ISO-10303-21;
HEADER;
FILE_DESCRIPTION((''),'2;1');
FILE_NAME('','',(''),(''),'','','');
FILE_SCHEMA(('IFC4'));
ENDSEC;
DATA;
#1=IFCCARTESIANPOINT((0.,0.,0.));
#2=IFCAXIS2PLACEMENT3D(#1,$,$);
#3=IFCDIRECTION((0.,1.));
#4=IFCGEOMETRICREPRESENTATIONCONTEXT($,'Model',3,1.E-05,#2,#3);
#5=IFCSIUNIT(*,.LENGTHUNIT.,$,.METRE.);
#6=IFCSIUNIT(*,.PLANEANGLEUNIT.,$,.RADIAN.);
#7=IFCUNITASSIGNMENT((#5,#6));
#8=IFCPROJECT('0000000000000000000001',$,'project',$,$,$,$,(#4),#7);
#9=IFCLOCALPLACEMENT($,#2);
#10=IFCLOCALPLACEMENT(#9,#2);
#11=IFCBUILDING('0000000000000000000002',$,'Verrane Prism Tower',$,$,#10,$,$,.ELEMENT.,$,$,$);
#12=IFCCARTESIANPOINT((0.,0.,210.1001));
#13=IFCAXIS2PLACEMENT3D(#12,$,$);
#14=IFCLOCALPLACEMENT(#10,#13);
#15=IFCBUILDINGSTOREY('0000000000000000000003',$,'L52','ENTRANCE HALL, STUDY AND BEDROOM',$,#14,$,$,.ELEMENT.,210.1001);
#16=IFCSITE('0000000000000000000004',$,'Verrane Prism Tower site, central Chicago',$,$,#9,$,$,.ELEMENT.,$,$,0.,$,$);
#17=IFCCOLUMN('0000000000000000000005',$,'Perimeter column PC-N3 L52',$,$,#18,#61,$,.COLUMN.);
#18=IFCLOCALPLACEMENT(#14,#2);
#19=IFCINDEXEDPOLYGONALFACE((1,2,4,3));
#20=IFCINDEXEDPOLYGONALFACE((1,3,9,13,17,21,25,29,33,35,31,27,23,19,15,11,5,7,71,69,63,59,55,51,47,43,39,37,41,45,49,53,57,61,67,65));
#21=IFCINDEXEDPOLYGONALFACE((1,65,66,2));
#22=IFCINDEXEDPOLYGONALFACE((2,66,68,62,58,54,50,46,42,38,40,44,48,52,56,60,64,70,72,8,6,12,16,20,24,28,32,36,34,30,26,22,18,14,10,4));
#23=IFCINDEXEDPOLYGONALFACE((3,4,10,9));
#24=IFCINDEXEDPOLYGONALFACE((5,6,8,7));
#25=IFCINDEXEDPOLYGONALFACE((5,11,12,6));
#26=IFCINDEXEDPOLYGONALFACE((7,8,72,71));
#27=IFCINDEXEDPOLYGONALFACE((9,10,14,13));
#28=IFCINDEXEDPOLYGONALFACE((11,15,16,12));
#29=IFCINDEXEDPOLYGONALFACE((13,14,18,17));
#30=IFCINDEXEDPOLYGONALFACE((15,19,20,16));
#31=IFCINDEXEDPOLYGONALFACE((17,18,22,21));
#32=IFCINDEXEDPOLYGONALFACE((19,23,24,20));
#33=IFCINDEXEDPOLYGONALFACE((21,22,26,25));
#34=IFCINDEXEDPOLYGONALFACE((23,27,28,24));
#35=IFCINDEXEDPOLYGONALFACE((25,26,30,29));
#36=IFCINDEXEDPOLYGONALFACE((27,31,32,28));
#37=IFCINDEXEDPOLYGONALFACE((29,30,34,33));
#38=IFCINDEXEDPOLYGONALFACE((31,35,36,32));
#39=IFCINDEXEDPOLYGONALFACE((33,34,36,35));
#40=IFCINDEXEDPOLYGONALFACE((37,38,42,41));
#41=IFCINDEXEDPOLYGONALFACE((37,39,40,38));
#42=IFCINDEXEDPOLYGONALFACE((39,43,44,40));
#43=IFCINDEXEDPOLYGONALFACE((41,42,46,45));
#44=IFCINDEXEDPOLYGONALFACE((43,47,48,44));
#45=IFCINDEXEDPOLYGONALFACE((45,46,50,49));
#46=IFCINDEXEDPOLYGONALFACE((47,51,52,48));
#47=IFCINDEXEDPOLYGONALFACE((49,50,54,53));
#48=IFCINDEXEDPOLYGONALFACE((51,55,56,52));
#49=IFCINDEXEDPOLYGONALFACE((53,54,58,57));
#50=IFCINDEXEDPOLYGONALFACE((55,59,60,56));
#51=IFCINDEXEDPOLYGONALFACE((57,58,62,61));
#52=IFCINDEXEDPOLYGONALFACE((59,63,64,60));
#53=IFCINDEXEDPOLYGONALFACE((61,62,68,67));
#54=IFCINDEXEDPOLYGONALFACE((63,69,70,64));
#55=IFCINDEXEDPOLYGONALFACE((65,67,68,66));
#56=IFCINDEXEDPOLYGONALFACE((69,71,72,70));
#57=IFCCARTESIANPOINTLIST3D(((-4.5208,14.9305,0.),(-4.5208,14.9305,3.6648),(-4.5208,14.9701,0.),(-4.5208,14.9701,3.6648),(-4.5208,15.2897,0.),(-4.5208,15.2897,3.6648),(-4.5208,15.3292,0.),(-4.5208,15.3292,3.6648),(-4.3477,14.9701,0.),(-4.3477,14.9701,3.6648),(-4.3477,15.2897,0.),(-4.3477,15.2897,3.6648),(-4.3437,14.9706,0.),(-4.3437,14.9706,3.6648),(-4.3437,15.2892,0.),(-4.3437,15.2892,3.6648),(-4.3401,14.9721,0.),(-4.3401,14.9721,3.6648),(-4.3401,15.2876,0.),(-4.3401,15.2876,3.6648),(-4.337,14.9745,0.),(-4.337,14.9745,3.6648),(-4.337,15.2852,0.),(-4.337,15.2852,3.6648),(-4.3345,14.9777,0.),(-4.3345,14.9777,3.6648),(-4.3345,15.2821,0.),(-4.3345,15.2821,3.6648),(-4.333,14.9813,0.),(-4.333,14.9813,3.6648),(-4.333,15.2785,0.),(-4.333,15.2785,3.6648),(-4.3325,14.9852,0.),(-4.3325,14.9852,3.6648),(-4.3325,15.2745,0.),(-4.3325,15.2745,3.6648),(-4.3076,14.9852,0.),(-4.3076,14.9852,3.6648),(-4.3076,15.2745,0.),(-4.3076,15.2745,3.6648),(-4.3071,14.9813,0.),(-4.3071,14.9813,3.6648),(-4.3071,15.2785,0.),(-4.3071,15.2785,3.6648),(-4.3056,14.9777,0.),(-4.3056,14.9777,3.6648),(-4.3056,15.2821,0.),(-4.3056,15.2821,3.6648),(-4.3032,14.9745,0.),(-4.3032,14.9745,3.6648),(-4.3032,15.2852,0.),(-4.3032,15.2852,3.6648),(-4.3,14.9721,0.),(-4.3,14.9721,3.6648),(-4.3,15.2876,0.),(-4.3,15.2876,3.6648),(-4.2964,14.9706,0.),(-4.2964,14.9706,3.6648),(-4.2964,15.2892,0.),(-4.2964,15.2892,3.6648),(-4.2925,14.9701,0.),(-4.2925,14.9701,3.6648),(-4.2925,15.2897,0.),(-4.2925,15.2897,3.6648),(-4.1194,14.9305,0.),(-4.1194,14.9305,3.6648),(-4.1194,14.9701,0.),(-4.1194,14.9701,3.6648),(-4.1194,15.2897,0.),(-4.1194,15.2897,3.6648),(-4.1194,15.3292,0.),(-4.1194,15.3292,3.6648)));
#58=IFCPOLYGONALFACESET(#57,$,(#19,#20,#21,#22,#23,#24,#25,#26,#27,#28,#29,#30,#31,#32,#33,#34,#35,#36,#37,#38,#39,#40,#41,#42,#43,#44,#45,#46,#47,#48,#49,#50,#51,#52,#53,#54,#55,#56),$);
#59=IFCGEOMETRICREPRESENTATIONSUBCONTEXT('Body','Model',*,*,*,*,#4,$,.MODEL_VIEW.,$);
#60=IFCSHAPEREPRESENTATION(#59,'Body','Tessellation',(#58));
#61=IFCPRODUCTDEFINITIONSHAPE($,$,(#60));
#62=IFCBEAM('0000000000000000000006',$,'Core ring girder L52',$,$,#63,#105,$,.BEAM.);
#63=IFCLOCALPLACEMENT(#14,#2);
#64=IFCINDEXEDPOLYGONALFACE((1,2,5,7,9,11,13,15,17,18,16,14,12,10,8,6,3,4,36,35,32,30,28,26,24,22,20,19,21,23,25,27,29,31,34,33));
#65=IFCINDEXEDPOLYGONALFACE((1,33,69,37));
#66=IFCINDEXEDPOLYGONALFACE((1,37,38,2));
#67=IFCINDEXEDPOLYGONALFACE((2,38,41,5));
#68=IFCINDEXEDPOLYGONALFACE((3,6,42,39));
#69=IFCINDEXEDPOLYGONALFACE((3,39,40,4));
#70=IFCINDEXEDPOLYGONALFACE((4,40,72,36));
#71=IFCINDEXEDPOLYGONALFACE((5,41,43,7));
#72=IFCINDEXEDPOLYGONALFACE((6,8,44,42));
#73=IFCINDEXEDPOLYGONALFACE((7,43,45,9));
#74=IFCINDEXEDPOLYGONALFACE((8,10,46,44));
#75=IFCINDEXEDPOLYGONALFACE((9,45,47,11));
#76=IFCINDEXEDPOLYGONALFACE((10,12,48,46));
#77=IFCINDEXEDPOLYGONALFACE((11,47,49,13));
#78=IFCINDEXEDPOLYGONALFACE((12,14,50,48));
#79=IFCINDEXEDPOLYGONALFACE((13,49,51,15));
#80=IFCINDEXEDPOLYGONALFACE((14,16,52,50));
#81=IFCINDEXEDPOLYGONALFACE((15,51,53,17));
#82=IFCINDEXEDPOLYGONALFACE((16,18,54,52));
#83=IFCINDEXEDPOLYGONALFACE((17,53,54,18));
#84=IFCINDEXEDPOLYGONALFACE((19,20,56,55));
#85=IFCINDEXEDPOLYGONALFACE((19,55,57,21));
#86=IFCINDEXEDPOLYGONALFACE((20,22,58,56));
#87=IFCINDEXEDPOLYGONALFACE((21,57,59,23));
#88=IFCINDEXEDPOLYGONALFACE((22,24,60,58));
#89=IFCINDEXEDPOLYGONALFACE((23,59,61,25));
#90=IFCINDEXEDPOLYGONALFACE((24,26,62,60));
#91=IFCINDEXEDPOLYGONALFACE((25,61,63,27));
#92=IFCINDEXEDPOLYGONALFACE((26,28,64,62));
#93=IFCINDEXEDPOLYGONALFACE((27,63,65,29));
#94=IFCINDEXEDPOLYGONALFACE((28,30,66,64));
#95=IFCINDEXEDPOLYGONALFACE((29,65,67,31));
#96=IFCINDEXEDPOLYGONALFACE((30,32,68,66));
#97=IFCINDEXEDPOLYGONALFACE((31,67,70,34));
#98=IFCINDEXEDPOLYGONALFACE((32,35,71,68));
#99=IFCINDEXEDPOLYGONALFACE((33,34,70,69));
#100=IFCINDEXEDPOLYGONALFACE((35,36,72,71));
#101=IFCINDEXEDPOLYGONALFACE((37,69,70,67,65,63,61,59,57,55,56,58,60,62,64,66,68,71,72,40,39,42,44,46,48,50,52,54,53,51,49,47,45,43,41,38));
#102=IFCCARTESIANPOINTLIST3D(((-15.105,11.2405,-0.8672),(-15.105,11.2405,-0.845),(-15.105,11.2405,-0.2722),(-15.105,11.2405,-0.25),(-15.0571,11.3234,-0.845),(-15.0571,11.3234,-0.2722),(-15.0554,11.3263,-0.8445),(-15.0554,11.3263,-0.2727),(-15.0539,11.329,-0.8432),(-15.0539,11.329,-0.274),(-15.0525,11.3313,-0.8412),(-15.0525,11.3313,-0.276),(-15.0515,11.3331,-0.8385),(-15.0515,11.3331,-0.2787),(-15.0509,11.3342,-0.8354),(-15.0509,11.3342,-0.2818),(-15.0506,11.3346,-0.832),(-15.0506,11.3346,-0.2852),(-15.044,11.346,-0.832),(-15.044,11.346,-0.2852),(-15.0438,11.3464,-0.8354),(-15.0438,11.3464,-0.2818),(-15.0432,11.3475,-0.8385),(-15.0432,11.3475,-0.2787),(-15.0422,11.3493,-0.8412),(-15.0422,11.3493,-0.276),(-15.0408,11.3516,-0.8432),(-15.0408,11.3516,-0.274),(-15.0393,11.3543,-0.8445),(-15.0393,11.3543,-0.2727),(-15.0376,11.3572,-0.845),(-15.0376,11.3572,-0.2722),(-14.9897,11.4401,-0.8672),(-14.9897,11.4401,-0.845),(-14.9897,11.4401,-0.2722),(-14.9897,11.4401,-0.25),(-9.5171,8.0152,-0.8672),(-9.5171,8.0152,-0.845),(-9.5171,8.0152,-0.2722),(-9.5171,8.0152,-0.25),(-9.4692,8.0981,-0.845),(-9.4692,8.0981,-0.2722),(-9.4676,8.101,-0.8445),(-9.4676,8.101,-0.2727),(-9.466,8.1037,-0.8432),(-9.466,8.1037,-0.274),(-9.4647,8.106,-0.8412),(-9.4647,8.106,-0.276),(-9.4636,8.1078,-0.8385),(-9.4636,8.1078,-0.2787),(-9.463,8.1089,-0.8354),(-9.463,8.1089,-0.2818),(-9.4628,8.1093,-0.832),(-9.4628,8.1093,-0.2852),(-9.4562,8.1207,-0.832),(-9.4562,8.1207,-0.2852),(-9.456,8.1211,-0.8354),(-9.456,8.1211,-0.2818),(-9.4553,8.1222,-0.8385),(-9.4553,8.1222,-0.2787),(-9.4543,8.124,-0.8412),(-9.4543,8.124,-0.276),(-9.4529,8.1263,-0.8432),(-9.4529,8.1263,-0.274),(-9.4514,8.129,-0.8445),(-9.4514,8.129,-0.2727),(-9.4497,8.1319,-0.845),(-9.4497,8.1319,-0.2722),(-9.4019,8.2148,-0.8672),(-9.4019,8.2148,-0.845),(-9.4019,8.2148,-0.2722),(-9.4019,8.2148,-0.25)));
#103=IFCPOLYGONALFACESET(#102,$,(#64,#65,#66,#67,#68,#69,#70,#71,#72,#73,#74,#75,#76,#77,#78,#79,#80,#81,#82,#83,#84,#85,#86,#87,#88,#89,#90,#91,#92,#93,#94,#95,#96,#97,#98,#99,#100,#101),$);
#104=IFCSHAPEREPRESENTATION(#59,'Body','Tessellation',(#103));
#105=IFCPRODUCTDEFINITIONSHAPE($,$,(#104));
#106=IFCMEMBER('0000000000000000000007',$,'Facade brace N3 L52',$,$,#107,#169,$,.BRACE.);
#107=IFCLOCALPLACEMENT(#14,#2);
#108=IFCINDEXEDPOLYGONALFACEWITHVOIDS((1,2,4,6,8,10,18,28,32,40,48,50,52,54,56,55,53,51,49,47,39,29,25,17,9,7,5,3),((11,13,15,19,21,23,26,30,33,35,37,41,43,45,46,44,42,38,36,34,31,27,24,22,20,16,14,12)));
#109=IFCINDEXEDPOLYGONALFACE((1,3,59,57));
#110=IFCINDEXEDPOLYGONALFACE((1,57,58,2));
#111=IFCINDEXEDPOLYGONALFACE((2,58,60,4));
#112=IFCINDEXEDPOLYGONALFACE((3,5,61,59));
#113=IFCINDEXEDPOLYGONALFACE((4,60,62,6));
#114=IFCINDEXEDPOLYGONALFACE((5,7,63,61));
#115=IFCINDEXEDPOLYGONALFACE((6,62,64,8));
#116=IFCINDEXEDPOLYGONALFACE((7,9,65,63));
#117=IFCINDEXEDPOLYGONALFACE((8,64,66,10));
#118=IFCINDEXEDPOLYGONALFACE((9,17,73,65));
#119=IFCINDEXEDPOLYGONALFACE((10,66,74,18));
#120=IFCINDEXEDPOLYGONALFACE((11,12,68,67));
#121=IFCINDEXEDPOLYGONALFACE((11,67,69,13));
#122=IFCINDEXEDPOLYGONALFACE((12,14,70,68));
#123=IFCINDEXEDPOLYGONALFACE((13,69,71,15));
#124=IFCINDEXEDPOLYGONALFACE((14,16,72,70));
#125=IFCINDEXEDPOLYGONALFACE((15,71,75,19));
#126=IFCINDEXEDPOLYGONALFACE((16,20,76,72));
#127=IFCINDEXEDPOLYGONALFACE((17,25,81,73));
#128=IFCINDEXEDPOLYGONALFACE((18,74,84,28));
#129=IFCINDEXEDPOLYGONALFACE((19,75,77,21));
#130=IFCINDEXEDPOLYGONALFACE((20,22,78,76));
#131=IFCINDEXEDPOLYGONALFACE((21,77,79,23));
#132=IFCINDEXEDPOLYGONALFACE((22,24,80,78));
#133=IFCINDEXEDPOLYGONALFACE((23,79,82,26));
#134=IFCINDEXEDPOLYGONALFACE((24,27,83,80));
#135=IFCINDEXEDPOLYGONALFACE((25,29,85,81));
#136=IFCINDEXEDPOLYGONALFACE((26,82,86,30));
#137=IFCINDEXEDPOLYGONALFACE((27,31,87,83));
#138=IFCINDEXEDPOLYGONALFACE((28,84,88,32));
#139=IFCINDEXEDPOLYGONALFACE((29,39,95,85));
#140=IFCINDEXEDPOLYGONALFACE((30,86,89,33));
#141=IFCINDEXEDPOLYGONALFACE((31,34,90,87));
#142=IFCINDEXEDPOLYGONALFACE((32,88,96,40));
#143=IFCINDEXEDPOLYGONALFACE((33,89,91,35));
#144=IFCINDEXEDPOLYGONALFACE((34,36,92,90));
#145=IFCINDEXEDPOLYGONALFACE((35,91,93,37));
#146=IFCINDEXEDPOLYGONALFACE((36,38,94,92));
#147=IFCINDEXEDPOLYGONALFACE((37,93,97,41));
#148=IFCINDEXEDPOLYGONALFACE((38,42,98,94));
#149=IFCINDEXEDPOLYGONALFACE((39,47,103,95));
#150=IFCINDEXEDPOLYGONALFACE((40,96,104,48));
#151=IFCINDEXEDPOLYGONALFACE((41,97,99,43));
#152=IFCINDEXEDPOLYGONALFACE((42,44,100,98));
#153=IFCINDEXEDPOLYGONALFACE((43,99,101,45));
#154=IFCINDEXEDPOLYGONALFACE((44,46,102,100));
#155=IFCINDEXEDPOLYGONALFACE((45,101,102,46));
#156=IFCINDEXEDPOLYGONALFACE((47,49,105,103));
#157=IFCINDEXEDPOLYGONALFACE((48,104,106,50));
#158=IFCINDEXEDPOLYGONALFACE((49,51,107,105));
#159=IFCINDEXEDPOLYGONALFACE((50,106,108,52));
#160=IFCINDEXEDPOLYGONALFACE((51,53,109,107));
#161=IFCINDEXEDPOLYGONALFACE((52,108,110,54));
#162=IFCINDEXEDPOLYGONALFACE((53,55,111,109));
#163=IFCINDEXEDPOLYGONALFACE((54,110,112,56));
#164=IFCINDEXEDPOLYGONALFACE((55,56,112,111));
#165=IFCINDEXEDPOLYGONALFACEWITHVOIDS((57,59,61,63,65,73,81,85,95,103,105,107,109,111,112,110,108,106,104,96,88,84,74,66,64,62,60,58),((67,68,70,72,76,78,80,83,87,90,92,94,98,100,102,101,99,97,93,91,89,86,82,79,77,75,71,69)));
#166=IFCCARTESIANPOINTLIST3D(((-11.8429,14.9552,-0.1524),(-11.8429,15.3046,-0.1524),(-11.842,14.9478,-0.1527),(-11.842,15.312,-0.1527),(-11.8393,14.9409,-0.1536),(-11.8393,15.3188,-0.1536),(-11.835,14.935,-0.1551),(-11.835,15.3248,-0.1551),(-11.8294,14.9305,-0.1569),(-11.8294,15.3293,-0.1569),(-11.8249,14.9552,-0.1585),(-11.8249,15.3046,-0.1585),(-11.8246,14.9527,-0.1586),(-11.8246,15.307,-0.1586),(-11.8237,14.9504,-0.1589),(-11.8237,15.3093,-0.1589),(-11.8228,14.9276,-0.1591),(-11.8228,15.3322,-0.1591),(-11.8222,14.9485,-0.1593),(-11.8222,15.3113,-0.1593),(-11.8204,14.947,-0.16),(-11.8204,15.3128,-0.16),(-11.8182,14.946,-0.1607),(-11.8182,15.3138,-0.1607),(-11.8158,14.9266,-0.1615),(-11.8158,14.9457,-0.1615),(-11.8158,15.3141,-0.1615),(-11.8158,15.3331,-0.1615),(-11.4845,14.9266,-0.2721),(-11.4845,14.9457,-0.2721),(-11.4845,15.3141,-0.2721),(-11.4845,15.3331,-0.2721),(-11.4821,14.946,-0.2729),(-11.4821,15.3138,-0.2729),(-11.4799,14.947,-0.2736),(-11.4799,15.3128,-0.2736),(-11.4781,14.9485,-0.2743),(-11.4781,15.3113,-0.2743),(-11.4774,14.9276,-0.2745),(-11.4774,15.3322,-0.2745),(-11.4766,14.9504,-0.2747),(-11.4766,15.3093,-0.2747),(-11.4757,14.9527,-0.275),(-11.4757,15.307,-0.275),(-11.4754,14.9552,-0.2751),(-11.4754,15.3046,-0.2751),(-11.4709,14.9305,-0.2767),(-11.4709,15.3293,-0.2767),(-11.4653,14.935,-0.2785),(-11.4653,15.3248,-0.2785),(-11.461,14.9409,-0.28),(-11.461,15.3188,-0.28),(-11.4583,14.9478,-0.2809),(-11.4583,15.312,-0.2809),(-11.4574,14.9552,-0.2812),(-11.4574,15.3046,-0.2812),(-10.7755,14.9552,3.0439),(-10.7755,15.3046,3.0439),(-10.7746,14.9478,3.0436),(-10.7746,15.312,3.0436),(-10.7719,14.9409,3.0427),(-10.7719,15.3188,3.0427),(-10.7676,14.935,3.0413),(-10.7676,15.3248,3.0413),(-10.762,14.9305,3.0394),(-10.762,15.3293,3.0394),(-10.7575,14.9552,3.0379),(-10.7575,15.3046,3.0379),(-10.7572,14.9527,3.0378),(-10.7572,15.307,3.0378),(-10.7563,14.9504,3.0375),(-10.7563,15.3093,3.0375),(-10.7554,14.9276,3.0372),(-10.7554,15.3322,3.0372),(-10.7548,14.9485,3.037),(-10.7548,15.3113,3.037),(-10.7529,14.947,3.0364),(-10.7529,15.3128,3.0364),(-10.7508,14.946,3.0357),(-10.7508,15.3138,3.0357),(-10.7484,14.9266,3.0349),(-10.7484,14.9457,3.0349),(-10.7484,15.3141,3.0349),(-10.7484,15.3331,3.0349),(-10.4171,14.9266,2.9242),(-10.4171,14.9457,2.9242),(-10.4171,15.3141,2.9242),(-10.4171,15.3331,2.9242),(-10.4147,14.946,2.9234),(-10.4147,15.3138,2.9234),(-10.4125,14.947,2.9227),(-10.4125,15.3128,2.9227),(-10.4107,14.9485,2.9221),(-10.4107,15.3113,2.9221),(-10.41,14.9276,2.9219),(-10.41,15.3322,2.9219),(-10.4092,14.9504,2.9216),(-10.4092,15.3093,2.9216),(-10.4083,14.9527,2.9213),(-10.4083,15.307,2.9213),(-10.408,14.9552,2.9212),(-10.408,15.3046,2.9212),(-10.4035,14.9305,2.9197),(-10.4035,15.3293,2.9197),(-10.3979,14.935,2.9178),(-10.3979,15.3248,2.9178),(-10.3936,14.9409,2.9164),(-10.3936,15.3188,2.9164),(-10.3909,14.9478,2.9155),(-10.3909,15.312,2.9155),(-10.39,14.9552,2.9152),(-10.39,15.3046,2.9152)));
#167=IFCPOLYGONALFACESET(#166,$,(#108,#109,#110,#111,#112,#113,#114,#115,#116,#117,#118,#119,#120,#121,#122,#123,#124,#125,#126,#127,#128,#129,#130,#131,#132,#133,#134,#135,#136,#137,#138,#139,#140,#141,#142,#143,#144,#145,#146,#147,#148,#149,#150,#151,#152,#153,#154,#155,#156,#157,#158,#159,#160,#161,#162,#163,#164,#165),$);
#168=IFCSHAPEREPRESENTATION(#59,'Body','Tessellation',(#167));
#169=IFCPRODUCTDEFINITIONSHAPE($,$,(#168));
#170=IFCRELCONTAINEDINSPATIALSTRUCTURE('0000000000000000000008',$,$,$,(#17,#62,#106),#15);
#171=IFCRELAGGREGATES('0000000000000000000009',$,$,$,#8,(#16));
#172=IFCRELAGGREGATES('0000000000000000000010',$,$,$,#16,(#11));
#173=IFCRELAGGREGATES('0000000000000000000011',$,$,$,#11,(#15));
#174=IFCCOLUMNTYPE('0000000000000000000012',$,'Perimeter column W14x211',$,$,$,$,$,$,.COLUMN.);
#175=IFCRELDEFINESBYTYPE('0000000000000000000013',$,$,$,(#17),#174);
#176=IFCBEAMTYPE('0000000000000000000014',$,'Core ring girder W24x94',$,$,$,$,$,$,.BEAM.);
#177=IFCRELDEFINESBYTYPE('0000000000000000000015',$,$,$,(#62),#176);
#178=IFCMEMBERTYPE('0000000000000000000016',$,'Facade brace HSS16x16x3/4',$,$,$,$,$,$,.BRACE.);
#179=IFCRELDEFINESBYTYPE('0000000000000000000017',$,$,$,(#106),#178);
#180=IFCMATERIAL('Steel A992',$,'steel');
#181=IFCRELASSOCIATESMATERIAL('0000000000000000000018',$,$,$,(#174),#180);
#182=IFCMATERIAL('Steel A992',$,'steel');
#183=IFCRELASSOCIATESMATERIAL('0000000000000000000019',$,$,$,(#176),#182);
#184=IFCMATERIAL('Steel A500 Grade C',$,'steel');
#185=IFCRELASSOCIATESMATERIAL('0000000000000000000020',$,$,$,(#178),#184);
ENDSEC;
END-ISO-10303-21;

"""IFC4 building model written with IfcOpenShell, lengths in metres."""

from ifc_helpers import new_model, si_unit, direction, frame, origin, origin_2d, place, context, subcontext, project, spatial, hollow_rectangle, i_section, extrude, material, material_profile, profile_set, type_object, element, save


model = new_model("IFC4")

# Units and contexts
model_context = context("Model", 3, precision=1e-05, world=origin(), true_north=direction((0.0, 1.0)))
body_context = subcontext(model_context, "Body", "Model", "MODEL_VIEW")
ifc_project = project(units=[si_unit("LENGTHUNIT", "METRE"), si_unit("PLANEANGLEUNIT", "RADIAN")], contexts=[model_context])

# Site, building, storey
site_placement = place(None, origin())
site = spatial("IfcSite", under=ifc_project, at=site_placement, Name="Verrane Prism Tower site, central Chicago", CompositionType="ELEMENT", RefElevation=0.0)
building_placement = place(site_placement, origin())
building = spatial("IfcBuilding", under=site, at=building_placement, Name="Verrane Prism Tower", CompositionType="ELEMENT")
storey_placement = place(building_placement, frame((0.0, 0.0, 210.1001)))
storey = spatial("IfcBuildingStorey", under=building, at=storey_placement, Name="L52", Description="ENTRANCE HALL, STUDY AND BEDROOM", CompositionType="ELEMENT", Elevation=210.1001)

# Column
ifc_material_1 = material(Name="Steel A992", Category="steel")
ifc_material_profile_1 = material_profile(ifc_material_1, i_section(OverallWidth=0.4014, OverallDepth=0.3987, WebThickness=0.0249, FlangeThickness=0.0396, FilletRadius=0.0151, at=origin_2d()), Name="W14x211")
ifc_profile_set_1 = profile_set([ifc_material_profile_1], Name="Steel A992")
column_type = type_object("IfcColumnType", Name="Perimeter column W14x211", PredefinedType="COLUMN", material=ifc_profile_set_1)
column_placement = place(storey_placement, frame((-4.3201, 15.1299, 0.0), z_axis=(0.0, 0.0, 1.0), x_axis=(1.0, 0.0, 0.0)))
element("IfcColumn", 1, at=column_placement, inside=storey, type_object=column_type, Name="Perimeter column PC-N3 L52", PredefinedType="COLUMN", context=body_context, shape_type="SweptSolid", body=[
    extrude(i_section(OverallWidth=0.4014, OverallDepth=0.3987, WebThickness=0.0249, FlangeThickness=0.0396, FilletRadius=0.0151, at=origin_2d()), origin(), (0.0, 0.0, 1.0), 3.6648),
])

# Beam
ifc_material_2 = material(Name="Steel A992", Category="steel")
ifc_material_profile_2 = material_profile(ifc_material_2, i_section(OverallWidth=0.2305, OverallDepth=0.6172, WebThickness=0.0132, FlangeThickness=0.0222, FilletRadius=0.0129, at=origin_2d()), Name="W24x94")
ifc_profile_set_2 = profile_set([ifc_material_profile_2], Name="Steel A992")
beam_type_1 = type_object("IfcBeamType", Name="Core ring girder W24x94", PredefinedType="BEAM", material=ifc_profile_set_2)
beam_1_placement = place(storey_placement, frame((-9.4595, 8.115, -0.5586), z_axis=(-0.866081, 0.499904, 0.0), x_axis=(-0.499904, -0.866081, 0.0)))
element("IfcBeam", 2, at=beam_1_placement, inside=storey, type_object=beam_type_1, Name="Core ring girder L52", PredefinedType="BEAM", context=body_context, shape_type="SweptSolid", body=[
    extrude(i_section(OverallWidth=0.2305, OverallDepth=0.6172, WebThickness=0.0132, FlangeThickness=0.0222, FilletRadius=0.0129, at=origin_2d()), origin(), (0.0, 0.0, 1.0), 6.4519),
])

# Member
ifc_material_3 = material(Name="Steel A500 Grade C", Category="steel")
ifc_material_profile_3 = material_profile(ifc_material_3, hollow_rectangle(XDim=0.4065, YDim=0.4065, WallThickness=0.019, InnerFilletRadius=0.0095, OuterFilletRadius=0.0286, at=origin_2d()), Name="HSS16x16x3/4")
ifc_profile_set_3 = profile_set([ifc_material_profile_3], Name="Steel A500 Grade C")
member_type_1 = type_object("IfcMemberType", Name="Facade brace HSS16x16x3/4", PredefinedType="BRACE", material=ifc_profile_set_3)
member_1_placement = place(storey_placement, frame((-11.6501, 15.1299, -0.2168), z_axis=(0.316749, 0.0, 0.948509), x_axis=(0.0, 1.0, 0.0)))
element("IfcMember", 3, at=member_1_placement, inside=storey, type_object=member_type_1, Name="Facade brace N3 L52", PredefinedType="BRACE", context=body_context, shape_type="SweptSolid", body=[
    extrude(hollow_rectangle(XDim=0.4065, YDim=0.4065, WallThickness=0.019, InnerFilletRadius=0.0095, OuterFilletRadius=0.0286, at=origin_2d()), origin(), (0.0, 0.0, 1.0), 3.3699),
])

save(model, "model.ifc")
